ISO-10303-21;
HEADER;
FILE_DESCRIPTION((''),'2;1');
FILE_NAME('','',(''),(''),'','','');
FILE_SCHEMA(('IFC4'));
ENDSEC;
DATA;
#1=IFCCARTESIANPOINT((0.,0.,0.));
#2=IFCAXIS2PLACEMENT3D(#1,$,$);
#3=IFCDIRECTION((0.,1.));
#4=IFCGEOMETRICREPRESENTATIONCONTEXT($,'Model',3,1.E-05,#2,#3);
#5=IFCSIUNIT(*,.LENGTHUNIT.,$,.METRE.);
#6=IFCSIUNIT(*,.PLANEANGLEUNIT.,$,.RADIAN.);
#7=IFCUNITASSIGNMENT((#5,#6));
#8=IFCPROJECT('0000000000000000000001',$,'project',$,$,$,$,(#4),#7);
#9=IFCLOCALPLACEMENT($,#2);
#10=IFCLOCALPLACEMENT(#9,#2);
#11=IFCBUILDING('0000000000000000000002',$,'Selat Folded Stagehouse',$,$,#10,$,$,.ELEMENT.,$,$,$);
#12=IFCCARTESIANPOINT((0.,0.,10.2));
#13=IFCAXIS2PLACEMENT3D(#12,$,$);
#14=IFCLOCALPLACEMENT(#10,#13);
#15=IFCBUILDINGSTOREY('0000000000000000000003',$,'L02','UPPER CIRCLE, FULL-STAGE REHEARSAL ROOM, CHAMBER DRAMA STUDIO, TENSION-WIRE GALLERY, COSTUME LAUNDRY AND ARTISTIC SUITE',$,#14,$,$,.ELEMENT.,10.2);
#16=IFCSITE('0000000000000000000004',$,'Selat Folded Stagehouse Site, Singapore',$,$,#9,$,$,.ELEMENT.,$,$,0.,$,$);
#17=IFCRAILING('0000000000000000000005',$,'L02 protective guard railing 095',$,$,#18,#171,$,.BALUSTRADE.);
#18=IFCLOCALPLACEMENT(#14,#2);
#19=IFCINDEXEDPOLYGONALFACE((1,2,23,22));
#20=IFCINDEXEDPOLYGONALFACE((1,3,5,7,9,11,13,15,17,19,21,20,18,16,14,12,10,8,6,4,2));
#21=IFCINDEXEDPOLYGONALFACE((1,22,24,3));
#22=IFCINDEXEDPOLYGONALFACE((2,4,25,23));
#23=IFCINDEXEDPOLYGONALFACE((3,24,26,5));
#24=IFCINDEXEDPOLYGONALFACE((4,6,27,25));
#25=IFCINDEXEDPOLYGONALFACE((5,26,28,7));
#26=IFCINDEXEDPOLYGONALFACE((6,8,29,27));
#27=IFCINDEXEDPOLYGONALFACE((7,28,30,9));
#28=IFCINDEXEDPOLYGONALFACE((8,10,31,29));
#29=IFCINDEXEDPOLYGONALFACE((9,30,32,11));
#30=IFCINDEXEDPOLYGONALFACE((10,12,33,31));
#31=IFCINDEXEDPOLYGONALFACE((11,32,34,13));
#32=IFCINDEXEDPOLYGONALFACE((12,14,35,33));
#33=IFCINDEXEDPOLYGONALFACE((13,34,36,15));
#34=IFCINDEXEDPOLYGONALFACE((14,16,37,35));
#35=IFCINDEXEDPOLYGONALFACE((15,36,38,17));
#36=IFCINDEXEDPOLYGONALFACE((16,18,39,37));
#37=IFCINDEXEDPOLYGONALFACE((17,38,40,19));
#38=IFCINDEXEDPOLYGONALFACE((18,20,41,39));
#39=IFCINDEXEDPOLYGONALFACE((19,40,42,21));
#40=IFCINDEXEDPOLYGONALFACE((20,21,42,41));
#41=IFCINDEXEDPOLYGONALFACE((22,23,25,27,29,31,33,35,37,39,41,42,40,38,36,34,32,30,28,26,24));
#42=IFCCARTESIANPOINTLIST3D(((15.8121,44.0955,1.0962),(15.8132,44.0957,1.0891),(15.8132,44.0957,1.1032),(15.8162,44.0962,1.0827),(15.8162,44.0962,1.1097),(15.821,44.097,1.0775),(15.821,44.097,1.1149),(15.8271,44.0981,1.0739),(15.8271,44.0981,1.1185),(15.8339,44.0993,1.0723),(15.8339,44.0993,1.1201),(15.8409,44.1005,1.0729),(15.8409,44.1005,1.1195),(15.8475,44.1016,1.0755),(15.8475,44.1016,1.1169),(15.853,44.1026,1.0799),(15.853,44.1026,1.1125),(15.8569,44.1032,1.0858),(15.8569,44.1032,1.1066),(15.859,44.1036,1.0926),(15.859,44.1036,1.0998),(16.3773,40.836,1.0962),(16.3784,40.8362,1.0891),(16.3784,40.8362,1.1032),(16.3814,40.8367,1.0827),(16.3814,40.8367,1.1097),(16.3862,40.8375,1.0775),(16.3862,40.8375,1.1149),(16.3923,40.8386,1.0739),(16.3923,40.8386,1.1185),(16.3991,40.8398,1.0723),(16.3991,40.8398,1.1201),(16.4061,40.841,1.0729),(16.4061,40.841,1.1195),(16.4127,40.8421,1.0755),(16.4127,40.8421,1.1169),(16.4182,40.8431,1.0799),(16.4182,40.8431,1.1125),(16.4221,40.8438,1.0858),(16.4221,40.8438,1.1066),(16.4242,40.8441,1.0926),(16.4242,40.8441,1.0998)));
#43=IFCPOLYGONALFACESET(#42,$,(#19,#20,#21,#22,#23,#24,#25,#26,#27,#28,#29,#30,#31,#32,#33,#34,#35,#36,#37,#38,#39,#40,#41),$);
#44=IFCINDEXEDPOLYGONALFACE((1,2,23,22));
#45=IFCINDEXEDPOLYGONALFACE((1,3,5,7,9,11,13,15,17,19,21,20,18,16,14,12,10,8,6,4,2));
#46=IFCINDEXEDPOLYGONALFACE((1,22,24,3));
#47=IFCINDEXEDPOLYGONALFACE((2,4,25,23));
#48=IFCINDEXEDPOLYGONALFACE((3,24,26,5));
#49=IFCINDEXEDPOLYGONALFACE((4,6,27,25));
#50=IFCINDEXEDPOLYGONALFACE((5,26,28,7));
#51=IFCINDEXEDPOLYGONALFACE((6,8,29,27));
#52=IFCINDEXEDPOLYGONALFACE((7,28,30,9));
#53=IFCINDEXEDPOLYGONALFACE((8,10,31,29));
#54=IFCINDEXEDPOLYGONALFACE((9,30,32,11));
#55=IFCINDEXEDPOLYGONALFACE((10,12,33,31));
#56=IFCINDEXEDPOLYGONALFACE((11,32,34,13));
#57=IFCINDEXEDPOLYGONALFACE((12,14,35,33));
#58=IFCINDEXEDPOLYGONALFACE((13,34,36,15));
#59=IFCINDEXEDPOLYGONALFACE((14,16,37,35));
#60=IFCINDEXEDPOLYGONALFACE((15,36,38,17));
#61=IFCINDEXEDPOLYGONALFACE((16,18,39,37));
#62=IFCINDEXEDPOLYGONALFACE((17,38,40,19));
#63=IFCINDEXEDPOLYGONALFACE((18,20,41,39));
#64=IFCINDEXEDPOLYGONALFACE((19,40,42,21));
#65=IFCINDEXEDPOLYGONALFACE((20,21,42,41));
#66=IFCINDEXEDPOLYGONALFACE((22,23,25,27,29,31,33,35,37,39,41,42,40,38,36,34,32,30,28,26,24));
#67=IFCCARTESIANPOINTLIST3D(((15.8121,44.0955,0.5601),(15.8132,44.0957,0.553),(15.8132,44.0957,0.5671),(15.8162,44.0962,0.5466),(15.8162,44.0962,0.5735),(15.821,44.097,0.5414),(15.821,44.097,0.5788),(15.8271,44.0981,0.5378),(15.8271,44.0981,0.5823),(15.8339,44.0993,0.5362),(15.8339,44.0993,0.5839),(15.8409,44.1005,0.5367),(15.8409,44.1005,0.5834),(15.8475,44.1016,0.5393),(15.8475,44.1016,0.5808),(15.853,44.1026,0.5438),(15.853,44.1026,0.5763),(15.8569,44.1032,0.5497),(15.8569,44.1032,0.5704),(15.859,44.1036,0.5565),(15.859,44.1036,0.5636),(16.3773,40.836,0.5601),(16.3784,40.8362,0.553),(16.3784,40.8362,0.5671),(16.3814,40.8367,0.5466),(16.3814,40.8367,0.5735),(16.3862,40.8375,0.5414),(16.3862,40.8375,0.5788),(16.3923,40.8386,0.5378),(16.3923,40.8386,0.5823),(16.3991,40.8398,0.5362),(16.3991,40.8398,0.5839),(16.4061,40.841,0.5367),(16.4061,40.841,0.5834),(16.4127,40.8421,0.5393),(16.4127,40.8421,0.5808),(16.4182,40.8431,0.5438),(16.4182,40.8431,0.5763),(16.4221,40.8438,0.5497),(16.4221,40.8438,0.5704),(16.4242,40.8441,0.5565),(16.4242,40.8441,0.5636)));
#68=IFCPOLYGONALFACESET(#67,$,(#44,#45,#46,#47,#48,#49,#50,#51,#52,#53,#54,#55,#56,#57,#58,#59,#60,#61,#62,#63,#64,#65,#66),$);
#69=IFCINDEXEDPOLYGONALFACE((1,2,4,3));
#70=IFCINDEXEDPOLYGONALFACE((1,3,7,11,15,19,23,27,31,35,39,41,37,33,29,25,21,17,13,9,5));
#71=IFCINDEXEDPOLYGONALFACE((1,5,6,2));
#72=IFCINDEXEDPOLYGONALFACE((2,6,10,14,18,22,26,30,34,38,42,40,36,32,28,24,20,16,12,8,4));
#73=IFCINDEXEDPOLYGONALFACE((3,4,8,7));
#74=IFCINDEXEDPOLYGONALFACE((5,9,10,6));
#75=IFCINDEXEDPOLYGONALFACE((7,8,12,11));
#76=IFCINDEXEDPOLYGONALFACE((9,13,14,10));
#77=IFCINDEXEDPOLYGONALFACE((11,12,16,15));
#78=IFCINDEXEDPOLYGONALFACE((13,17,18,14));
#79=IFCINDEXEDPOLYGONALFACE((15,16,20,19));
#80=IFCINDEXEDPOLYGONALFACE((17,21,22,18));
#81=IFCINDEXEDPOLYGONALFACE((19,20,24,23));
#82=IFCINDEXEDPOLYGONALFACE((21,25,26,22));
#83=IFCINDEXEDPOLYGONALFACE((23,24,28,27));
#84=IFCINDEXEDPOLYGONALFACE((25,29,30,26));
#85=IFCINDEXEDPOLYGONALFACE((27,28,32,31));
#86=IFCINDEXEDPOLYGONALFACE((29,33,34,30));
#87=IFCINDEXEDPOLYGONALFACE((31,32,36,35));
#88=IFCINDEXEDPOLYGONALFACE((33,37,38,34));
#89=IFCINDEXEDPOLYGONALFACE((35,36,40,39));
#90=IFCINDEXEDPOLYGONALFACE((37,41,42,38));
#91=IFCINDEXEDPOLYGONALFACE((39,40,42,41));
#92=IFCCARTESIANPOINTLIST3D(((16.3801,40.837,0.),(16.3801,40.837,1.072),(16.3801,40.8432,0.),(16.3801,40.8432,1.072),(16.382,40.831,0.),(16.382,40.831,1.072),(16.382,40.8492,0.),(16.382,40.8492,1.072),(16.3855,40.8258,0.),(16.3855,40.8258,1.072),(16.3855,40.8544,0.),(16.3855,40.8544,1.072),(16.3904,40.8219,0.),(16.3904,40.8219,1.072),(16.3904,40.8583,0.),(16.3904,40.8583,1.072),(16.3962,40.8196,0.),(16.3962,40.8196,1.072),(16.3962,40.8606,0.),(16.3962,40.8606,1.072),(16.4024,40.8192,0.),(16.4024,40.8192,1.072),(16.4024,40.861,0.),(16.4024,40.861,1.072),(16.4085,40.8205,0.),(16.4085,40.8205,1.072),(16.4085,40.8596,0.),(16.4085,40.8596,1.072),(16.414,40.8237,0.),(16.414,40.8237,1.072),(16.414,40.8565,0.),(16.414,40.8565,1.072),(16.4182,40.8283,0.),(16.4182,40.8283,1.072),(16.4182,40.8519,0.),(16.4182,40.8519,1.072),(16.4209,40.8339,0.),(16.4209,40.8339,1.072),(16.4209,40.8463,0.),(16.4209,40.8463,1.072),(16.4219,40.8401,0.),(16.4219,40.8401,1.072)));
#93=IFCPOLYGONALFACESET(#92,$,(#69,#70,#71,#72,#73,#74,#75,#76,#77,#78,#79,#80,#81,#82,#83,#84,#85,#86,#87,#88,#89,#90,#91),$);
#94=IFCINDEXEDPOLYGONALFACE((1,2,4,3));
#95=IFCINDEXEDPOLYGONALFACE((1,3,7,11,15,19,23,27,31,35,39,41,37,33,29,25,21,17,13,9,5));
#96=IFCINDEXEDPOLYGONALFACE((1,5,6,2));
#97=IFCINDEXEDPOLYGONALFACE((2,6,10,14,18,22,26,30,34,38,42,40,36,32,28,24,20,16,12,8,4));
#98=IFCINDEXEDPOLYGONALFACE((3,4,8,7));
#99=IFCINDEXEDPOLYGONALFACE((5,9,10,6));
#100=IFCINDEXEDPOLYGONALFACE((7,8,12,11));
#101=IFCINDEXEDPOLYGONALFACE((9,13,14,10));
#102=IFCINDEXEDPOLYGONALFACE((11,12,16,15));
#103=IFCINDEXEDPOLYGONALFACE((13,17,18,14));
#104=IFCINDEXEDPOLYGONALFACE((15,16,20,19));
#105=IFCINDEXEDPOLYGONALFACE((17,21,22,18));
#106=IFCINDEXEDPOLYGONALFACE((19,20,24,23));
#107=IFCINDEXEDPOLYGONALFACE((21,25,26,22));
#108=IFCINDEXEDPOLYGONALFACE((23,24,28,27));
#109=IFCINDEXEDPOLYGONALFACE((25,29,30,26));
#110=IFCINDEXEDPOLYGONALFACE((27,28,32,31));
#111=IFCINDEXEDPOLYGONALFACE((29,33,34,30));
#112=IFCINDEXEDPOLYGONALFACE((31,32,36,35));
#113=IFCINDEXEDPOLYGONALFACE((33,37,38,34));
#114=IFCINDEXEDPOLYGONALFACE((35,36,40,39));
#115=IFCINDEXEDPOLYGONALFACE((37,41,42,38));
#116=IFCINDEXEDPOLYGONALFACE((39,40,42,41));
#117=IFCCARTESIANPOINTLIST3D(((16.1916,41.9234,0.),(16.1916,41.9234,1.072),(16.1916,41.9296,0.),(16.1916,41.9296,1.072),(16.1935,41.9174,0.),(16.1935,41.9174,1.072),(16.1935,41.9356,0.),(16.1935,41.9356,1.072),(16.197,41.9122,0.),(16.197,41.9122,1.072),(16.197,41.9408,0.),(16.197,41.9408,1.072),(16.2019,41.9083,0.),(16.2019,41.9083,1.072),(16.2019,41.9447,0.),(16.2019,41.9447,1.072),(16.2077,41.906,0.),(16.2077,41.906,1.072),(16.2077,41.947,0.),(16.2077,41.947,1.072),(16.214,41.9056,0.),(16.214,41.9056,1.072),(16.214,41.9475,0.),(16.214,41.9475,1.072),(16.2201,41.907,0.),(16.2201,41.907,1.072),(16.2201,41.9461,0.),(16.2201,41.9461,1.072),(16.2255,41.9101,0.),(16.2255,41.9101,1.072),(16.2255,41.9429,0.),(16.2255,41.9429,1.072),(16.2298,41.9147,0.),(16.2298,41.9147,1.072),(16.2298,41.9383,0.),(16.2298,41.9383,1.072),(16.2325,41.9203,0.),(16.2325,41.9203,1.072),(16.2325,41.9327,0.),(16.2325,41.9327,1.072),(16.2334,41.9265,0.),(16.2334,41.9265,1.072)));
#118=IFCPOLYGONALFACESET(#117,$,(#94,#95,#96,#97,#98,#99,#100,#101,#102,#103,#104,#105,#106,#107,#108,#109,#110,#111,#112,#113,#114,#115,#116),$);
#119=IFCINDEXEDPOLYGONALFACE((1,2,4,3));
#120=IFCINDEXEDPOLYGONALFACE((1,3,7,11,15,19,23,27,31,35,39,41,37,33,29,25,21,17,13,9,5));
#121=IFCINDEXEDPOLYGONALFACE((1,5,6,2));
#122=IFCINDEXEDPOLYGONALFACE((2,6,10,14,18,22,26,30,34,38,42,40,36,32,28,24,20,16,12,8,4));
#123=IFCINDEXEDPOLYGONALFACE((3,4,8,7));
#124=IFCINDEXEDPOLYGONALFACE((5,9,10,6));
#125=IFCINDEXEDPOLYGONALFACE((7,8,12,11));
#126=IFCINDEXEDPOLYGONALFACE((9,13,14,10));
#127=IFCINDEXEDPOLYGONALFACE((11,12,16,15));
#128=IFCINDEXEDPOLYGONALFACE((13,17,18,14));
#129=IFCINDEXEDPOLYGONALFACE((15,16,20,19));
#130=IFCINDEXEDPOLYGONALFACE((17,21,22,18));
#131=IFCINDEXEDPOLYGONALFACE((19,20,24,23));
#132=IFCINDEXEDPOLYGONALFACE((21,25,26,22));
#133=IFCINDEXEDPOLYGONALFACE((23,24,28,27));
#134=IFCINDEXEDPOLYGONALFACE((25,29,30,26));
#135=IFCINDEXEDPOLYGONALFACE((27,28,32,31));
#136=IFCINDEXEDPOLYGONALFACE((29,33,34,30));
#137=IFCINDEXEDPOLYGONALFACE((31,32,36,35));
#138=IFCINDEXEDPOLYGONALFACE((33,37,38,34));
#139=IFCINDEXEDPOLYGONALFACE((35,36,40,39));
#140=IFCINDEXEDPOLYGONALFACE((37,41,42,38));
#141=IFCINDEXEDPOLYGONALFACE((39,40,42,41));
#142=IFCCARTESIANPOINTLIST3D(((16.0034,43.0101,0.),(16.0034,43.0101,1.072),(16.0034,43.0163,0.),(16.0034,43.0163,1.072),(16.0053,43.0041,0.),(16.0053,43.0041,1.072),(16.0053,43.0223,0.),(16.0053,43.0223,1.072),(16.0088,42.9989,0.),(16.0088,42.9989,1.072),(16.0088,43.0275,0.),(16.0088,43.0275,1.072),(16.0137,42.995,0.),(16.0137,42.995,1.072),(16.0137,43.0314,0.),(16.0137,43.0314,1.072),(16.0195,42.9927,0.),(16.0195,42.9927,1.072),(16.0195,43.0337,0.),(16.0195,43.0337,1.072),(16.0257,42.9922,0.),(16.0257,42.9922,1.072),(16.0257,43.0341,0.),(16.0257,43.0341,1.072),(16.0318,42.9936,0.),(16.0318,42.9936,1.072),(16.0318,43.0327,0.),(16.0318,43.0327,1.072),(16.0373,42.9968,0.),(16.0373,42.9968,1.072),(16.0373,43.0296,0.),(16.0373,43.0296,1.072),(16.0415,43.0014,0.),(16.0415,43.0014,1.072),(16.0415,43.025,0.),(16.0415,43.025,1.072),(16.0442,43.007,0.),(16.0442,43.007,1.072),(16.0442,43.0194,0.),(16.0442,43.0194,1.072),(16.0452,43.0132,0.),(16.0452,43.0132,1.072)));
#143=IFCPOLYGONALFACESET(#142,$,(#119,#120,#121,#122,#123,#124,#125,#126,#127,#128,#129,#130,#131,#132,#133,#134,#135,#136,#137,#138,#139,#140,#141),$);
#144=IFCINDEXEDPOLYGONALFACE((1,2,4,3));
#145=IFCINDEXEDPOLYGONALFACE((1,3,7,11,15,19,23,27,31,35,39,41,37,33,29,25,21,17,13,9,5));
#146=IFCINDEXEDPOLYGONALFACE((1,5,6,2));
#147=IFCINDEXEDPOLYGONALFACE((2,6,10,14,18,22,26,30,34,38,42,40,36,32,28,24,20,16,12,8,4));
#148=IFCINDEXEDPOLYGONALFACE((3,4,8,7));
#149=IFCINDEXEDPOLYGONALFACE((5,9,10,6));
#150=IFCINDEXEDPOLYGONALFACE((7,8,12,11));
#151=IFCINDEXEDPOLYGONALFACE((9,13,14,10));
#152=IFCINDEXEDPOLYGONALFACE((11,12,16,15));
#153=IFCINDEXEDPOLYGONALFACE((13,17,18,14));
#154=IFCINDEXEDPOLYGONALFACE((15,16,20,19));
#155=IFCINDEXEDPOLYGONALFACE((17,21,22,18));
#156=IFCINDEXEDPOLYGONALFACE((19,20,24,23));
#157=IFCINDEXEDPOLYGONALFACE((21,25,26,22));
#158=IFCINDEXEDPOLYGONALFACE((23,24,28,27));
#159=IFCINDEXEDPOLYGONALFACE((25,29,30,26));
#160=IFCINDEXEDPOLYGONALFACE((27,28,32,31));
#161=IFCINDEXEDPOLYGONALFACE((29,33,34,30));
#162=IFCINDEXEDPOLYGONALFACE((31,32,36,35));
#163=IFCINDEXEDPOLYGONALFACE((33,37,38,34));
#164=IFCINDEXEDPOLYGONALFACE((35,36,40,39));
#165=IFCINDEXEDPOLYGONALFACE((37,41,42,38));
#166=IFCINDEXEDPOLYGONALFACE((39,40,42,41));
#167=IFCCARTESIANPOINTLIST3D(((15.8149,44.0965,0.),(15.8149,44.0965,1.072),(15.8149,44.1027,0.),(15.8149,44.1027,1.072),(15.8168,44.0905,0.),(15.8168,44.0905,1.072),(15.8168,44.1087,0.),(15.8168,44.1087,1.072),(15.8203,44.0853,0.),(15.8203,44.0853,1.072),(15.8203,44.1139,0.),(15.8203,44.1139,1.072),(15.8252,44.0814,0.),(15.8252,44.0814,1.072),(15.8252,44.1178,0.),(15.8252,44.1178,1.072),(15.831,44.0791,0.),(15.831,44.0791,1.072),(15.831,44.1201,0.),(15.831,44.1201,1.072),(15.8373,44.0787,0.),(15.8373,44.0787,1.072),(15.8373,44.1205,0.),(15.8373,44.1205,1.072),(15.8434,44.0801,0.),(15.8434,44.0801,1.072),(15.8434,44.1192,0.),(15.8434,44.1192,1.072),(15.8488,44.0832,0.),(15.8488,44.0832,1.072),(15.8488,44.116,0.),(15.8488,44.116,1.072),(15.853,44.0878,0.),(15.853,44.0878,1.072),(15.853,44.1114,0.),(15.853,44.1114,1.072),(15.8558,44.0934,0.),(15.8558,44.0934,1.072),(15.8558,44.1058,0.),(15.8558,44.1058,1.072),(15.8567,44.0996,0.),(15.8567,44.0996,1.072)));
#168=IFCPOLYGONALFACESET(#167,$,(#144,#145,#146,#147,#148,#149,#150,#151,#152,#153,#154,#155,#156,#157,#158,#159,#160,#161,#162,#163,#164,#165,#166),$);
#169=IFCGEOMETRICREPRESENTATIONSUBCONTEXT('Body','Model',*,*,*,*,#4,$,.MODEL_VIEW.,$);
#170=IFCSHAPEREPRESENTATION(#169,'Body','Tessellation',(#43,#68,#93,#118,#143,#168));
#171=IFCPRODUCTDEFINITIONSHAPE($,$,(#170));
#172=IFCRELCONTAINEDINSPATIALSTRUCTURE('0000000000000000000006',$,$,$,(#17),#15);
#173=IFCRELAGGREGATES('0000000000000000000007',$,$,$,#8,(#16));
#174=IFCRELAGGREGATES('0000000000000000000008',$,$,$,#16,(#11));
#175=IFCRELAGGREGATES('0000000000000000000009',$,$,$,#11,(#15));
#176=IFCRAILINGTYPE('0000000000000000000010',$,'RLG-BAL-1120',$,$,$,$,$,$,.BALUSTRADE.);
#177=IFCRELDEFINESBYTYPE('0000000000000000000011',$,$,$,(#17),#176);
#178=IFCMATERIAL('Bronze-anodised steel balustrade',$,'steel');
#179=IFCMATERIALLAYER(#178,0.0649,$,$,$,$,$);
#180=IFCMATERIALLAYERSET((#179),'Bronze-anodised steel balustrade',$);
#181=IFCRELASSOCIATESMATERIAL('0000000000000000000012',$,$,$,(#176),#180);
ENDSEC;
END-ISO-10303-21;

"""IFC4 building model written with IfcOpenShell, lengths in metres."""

from ifc_helpers import new_model, si_unit, direction, frame, origin, origin_2d, place, context, subcontext, project, spatial, circle, extrude, material, layer, layer_set, type_object, element, save


model = new_model("IFC4")

# Units and contexts
model_context = context("Model", 3, precision=1e-05, world=origin(), true_north=direction((0.0, 1.0)))
body_context = subcontext(model_context, "Body", "Model", "MODEL_VIEW")
ifc_project = project(units=[si_unit("LENGTHUNIT", "METRE"), si_unit("PLANEANGLEUNIT", "RADIAN")], contexts=[model_context])

# Site, building, storey
site_placement = place(None, origin())
site = spatial("IfcSite", under=ifc_project, at=site_placement, Name="Selat Folded Stagehouse Site, Singapore", CompositionType="ELEMENT", RefElevation=0.0)
building_placement = place(site_placement, origin())
building = spatial("IfcBuilding", under=site, at=building_placement, Name="Selat Folded Stagehouse", CompositionType="ELEMENT")
storey_placement = place(building_placement, frame((0.0, 0.0, 10.2)))
storey = spatial("IfcBuildingStorey", under=building, at=storey_placement, Name="L02", Description="UPPER CIRCLE, FULL-STAGE REHEARSAL ROOM, CHAMBER DRAMA STUDIO, TENSION-WIRE GALLERY, COSTUME LAUNDRY AND ARTISTIC SUITE", CompositionType="ELEMENT", Elevation=10.2)

# Railing
ifc_material_1 = material(Name="Bronze-anodised steel balustrade", Category="steel")
ifc_layer_1 = layer(ifc_material_1, 0.0649)
ifc_layer_set_1 = layer_set([ifc_layer_1], Name="Bronze-anodised steel balustrade")
railing_type = type_object("IfcRailingType", Name="RLG-BAL-1120", PredefinedType="BALUSTRADE", material=ifc_layer_set_1)
railing_1_placement = place(storey_placement, frame((16.4009, 40.8401, 0.0)))
element("IfcRailing", 1, at=railing_1_placement, inside=storey, type_object=railing_type, Name="L02 protective guard railing 095", PredefinedType="BALUSTRADE", context=body_context, shape_type="SweptSolid", body=[
    extrude(circle(Radius=0.0239, at=origin_2d()), frame((0.0, 0.0, 1.0962), z_axis=(-0.170846, 0.985298, 0.0), x_axis=(-0.985298, -0.170846, 0.0)), (0.0, 0.0, 1.0), 3.3081),
    extrude(circle(Radius=0.0239, at=origin_2d()), frame((0.0, 0.0, 0.5601), z_axis=(-0.170846, 0.985298, 0.0), x_axis=(-0.985298, -0.170846, 0.0)), (0.0, 0.0, 1.0), 3.3081),
    extrude(circle(Radius=0.021, at=origin_2d()), origin(), (0.0, 0.0, 1.0), 1.072),
    extrude(circle(Radius=0.021, at=origin_2d()), frame((-0.1885, 1.0864, 0.0)), (0.0, 0.0, 1.0), 1.072),
    extrude(circle(Radius=0.021, at=origin_2d()), frame((-0.3767, 2.1731, 0.0)), (0.0, 0.0, 1.0), 1.072),
    extrude(circle(Radius=0.021, at=origin_2d()), frame((-0.5652, 3.2595, 0.0)), (0.0, 0.0, 1.0), 1.072),
])

save(model, "model.ifc")
